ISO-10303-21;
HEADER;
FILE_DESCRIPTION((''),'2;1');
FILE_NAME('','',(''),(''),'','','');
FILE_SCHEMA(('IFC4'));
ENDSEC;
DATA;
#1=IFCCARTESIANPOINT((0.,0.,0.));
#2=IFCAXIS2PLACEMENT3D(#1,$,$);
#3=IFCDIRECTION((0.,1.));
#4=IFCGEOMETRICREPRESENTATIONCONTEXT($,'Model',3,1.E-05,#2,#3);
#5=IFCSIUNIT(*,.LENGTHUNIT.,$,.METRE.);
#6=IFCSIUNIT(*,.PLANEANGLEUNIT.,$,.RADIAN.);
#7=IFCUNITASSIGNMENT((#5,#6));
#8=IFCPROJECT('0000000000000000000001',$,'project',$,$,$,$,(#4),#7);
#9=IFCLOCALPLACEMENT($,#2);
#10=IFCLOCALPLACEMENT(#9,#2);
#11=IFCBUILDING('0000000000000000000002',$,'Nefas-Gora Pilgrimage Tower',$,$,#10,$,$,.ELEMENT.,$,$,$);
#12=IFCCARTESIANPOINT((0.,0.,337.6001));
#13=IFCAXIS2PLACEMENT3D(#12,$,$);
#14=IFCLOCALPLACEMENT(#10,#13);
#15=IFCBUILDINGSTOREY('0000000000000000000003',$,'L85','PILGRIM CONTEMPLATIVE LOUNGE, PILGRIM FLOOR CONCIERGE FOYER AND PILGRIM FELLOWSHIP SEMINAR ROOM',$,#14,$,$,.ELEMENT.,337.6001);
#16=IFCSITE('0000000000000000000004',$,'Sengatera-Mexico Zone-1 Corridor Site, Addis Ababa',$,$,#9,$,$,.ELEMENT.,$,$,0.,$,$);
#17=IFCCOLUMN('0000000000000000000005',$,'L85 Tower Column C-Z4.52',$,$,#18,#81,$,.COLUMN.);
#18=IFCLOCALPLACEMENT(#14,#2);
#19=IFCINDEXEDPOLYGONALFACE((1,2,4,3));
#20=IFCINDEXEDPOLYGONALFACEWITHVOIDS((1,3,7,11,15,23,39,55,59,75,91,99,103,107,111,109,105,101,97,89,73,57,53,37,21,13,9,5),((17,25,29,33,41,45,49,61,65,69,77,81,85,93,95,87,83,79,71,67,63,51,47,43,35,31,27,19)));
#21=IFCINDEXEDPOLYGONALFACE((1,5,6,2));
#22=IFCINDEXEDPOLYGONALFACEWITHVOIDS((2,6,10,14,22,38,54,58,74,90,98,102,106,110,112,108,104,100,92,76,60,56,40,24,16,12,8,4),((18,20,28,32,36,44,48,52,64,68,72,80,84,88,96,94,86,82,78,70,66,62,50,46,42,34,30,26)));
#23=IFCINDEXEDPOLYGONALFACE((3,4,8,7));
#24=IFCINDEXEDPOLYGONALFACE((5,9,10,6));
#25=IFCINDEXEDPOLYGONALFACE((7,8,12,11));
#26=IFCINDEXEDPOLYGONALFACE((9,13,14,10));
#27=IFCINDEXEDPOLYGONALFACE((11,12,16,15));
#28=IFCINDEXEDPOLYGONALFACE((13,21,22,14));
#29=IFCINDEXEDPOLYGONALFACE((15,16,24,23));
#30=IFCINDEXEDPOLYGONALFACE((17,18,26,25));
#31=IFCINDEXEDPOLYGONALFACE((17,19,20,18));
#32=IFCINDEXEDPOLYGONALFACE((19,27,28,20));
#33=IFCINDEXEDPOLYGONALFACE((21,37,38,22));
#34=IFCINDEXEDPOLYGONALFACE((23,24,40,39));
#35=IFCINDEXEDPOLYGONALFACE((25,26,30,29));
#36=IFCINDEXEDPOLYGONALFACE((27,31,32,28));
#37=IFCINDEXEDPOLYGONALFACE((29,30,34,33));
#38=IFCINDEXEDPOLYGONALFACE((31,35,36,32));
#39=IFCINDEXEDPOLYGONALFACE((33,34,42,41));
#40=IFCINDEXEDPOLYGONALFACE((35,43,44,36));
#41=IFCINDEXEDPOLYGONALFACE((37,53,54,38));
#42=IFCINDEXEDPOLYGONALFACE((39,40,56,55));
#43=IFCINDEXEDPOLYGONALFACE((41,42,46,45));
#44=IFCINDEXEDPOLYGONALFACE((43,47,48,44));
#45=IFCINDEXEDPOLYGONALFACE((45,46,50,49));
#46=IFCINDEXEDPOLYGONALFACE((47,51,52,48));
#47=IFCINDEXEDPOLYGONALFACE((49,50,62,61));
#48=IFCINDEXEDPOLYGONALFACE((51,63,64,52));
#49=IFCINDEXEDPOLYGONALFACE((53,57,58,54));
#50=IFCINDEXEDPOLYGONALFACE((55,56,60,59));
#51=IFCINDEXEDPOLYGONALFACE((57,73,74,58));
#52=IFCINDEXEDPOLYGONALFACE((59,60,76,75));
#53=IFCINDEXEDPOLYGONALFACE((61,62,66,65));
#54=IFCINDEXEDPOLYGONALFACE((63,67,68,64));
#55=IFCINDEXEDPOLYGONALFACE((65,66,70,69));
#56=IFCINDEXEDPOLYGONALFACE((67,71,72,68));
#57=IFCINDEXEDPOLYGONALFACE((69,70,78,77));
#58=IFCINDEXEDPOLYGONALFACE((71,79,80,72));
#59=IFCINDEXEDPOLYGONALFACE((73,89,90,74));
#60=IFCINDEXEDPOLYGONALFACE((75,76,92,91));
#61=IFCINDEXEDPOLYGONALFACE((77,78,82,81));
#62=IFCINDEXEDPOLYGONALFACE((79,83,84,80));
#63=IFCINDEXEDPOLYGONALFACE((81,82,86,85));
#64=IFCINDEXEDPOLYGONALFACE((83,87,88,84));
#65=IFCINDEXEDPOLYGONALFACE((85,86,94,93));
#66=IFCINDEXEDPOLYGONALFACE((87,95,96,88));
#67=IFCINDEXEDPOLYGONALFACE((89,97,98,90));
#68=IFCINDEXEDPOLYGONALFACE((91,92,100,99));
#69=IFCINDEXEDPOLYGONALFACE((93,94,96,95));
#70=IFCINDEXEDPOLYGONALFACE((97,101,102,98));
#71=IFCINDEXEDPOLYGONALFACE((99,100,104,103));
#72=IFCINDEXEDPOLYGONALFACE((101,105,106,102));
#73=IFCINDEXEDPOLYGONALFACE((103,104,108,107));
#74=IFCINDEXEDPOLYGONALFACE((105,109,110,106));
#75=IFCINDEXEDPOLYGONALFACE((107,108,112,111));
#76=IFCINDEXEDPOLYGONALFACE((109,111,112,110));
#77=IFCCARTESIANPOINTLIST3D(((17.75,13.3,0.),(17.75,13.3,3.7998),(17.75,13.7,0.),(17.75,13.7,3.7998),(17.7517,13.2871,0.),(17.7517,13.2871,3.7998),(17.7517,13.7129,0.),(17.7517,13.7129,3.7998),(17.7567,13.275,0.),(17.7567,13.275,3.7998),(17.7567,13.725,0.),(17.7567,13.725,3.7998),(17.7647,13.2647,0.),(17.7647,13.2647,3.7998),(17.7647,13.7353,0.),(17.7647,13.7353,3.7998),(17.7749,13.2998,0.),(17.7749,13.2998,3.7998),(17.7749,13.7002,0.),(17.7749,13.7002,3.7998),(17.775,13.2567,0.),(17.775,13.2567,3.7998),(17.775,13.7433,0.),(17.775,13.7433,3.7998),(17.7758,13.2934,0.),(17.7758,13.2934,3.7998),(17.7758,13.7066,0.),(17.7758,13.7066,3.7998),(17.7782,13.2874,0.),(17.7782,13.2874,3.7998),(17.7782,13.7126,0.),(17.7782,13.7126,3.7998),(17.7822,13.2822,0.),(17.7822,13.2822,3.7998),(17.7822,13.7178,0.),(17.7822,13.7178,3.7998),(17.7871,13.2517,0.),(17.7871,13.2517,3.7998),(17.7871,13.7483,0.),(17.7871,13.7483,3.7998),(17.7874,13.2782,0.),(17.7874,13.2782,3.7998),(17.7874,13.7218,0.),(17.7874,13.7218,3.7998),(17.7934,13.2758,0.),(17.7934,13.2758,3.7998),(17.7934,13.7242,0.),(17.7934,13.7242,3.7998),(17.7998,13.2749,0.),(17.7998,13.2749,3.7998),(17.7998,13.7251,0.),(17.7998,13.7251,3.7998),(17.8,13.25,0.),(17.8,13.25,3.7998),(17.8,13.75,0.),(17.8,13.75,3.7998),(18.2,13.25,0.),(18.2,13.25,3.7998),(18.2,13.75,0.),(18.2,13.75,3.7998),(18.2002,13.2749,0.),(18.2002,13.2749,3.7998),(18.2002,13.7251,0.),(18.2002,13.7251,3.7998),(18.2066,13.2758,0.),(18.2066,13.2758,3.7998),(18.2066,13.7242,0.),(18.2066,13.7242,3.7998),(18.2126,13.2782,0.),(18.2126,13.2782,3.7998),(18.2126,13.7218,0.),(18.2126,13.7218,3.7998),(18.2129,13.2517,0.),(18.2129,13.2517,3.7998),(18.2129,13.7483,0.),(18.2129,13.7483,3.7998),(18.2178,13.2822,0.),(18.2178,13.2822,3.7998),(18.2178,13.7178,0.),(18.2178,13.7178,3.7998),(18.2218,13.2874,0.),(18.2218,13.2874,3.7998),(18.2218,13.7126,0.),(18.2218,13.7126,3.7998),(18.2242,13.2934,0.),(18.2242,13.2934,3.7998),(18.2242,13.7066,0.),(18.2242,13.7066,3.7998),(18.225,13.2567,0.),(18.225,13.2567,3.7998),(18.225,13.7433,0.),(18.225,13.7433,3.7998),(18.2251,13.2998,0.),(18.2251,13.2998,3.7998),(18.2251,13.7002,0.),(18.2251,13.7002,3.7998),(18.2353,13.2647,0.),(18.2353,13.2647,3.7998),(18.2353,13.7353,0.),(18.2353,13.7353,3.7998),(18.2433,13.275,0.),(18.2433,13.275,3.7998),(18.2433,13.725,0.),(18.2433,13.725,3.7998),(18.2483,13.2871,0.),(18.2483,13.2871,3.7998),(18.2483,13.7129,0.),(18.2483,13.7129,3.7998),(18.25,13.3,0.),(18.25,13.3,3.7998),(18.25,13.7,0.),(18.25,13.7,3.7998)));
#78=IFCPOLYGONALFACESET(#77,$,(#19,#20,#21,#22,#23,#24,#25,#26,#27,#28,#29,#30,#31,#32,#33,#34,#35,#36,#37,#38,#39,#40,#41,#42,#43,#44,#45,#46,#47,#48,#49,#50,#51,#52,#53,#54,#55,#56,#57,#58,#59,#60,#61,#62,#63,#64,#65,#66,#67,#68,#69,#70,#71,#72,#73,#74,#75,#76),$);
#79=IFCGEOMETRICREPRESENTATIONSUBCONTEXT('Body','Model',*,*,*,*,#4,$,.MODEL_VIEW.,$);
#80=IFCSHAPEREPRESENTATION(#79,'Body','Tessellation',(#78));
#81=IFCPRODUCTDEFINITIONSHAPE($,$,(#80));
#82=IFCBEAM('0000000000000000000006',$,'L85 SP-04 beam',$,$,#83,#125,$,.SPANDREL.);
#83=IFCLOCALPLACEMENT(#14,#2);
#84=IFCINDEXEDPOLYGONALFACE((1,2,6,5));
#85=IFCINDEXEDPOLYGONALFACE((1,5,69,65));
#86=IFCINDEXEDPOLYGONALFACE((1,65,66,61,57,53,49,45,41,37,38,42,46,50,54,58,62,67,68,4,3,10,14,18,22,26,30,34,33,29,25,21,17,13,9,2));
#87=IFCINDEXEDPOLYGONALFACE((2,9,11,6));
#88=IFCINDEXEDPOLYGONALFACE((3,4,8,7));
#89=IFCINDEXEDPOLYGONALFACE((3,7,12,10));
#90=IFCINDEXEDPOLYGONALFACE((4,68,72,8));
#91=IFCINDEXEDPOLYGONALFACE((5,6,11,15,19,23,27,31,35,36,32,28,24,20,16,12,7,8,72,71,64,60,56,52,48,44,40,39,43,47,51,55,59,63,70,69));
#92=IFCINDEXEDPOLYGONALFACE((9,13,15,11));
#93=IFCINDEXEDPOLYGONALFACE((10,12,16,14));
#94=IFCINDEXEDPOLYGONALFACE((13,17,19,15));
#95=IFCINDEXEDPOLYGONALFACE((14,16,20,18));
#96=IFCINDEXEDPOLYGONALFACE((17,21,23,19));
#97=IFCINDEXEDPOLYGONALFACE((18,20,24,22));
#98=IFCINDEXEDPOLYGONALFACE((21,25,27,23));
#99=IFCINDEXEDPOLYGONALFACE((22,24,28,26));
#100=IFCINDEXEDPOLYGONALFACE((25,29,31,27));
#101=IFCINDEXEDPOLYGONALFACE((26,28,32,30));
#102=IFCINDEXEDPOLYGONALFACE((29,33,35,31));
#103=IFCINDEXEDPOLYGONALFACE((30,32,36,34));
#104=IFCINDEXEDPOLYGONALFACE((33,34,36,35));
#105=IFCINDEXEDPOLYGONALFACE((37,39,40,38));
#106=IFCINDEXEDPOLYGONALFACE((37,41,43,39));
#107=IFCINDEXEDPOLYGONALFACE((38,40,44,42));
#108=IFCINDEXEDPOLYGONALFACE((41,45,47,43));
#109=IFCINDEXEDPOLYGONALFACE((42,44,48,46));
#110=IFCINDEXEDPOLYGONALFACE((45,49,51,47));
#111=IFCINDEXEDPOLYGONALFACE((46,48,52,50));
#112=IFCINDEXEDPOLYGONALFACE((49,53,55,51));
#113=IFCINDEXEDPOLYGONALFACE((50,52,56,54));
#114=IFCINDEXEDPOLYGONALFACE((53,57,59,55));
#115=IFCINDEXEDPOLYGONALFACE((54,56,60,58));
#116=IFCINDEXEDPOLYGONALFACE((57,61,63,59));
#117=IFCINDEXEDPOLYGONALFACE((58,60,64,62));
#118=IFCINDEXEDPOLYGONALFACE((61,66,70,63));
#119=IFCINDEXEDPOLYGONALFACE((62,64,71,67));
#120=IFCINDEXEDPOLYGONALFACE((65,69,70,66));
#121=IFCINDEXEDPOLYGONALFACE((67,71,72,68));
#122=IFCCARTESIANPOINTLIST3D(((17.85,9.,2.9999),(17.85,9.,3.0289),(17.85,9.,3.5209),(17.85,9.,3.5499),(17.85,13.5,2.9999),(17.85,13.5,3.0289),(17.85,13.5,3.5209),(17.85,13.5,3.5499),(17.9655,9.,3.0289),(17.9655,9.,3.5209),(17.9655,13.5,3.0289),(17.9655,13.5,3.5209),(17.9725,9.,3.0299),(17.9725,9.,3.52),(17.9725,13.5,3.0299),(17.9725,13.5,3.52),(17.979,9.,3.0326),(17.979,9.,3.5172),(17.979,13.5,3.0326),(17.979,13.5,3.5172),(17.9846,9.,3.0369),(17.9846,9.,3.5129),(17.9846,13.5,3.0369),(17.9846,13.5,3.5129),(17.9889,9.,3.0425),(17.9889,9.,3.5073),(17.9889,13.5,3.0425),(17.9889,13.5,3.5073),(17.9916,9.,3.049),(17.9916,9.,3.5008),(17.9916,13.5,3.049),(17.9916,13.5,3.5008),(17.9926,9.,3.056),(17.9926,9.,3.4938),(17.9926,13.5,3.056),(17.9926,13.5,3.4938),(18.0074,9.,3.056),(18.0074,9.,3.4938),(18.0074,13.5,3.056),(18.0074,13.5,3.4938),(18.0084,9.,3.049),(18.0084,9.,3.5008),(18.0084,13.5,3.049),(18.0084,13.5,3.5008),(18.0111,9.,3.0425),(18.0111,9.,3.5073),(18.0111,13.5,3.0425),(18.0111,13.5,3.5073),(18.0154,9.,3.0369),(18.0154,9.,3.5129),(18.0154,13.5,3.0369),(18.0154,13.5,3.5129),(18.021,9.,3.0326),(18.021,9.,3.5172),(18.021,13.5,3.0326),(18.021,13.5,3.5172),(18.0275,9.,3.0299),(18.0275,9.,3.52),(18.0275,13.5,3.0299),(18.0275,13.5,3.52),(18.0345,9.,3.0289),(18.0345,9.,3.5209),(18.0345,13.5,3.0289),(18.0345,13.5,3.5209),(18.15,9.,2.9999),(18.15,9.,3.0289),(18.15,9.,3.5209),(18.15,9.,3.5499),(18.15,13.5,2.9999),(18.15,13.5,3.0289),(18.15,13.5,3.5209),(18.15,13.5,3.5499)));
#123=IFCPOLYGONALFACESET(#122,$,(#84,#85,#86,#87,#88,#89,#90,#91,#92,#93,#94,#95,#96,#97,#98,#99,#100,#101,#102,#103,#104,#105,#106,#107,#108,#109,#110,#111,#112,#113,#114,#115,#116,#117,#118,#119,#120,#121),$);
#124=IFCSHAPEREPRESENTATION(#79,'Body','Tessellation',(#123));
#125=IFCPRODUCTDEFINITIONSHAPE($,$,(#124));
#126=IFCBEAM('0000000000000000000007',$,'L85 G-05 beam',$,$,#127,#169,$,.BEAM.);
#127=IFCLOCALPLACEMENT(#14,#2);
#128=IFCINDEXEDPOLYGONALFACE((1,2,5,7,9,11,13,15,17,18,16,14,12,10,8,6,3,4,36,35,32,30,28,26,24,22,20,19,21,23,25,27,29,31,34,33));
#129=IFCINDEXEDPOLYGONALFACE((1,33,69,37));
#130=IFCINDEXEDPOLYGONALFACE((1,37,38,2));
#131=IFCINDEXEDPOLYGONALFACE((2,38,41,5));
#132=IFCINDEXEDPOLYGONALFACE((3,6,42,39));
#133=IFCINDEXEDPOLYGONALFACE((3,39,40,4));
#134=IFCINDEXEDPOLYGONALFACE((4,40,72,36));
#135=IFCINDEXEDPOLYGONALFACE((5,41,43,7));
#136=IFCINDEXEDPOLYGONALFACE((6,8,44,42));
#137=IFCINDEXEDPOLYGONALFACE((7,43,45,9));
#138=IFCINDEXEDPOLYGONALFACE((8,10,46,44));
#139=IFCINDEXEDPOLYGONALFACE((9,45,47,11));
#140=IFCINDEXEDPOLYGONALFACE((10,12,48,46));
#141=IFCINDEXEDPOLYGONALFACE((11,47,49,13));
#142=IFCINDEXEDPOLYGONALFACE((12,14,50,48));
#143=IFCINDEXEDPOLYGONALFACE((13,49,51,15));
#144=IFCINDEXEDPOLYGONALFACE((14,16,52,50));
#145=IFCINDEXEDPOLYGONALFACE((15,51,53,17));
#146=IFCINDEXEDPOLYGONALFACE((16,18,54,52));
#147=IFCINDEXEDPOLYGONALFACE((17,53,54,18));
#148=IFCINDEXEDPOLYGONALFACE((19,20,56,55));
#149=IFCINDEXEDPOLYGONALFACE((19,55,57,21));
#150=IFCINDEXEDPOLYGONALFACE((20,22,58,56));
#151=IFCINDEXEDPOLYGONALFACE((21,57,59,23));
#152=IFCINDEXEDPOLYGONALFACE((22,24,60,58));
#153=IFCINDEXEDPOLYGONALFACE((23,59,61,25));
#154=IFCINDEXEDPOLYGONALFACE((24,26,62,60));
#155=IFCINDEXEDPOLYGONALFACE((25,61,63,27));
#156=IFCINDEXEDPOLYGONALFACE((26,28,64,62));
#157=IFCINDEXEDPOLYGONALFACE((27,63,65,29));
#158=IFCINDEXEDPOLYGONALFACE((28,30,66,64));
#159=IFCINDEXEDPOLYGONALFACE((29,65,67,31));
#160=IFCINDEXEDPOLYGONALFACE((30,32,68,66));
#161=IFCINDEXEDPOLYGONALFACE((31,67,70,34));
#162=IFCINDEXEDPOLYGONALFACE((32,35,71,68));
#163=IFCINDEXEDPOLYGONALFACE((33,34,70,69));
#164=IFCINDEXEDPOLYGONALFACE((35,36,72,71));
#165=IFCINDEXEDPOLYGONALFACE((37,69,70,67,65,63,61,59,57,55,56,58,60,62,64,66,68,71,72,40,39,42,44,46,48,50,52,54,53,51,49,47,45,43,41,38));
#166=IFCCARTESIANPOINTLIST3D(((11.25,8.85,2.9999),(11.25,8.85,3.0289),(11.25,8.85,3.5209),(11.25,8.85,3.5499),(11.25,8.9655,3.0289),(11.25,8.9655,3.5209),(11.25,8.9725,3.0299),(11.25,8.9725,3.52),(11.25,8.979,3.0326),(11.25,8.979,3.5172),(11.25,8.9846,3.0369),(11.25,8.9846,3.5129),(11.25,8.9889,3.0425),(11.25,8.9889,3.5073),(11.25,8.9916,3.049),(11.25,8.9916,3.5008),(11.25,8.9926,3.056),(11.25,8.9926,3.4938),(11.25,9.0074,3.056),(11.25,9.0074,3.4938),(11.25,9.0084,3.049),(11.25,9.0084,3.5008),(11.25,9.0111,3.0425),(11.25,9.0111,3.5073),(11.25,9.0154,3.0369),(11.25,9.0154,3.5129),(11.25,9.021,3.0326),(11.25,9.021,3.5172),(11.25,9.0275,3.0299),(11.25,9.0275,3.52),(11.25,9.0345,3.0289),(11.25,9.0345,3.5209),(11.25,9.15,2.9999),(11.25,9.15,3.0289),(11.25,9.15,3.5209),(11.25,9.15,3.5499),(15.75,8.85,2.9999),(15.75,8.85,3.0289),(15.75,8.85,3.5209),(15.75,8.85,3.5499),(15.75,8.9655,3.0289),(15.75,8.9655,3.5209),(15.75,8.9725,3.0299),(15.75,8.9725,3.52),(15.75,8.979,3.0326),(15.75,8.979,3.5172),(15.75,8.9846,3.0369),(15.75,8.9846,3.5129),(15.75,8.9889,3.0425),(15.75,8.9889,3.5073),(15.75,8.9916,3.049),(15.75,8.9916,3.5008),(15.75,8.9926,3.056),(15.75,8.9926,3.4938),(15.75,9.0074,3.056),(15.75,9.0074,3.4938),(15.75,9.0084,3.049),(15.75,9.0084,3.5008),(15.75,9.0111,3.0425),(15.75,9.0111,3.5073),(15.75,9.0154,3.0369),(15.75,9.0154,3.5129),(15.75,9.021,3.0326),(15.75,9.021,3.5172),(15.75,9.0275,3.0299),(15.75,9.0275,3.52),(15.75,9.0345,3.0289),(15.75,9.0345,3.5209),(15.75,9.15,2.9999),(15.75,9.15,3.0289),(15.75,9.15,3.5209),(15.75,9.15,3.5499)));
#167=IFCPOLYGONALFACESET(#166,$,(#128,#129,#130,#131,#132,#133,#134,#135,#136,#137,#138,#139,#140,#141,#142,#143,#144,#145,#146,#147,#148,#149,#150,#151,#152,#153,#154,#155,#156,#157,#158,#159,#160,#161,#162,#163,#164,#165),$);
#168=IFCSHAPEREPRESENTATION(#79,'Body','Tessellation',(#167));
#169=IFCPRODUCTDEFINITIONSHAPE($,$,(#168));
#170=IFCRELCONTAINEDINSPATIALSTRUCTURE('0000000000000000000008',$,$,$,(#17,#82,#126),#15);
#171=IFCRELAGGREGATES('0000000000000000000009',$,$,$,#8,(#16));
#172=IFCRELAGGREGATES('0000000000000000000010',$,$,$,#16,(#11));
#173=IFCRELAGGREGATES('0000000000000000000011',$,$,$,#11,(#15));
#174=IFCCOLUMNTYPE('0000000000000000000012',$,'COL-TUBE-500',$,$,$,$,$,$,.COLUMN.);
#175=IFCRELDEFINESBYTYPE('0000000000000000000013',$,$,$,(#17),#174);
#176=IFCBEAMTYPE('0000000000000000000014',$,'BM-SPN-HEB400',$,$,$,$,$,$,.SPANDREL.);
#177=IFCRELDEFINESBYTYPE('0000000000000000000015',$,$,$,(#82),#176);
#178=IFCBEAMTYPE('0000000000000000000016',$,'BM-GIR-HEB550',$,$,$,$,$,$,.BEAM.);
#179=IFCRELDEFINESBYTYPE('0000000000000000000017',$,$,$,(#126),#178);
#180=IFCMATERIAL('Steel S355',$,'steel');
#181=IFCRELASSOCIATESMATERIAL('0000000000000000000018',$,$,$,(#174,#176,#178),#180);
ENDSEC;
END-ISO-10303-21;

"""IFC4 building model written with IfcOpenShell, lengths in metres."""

from ifc_helpers import new_model, si_unit, direction, frame, origin, origin_2d, place, context, subcontext, project, spatial, hollow_rectangle, i_section, extrude, source, transform, mapped, material, material_profile, profile_set, type_object, element, save


model = new_model("IFC4")

# Units and contexts
model_context = context("Model", 3, precision=1e-05, world=origin(), true_north=direction((0.0, 1.0)))
body_context = subcontext(model_context, "Body", "Model", "MODEL_VIEW")
ifc_project = project(units=[si_unit("LENGTHUNIT", "METRE"), si_unit("PLANEANGLEUNIT", "RADIAN")], contexts=[model_context])

# Site, building, storey
site_placement = place(None, origin())
site = spatial("IfcSite", under=ifc_project, at=site_placement, Name="Sengatera-Mexico Zone-1 Corridor Site, Addis Ababa", CompositionType="ELEMENT", RefElevation=0.0)
building_placement = place(site_placement, origin())
building = spatial("IfcBuilding", under=site, at=building_placement, Name="Nefas-Gora Pilgrimage Tower", CompositionType="ELEMENT")
storey_placement = place(building_placement, frame((0.0, 0.0, 337.6001)))
storey = spatial("IfcBuildingStorey", under=building, at=storey_placement, Name="L85", Description="PILGRIM CONTEMPLATIVE LOUNGE, PILGRIM FLOOR CONCIERGE FOYER AND PILGRIM FELLOWSHIP SEMINAR ROOM", CompositionType="ELEMENT", Elevation=337.6001)

# Column
ifc_material_1 = material(Name="Steel S355", Category="steel")
ifc_material_profile_1 = material_profile(ifc_material_1, hollow_rectangle(XDim=0.5, YDim=0.5, WallThickness=0.0249, InnerFilletRadius=0.0249, OuterFilletRadius=0.05, at=origin_2d()), Name="SHS 500x500x25")
ifc_profile_set_1 = profile_set([ifc_material_profile_1], Name="Steel S355")
column_type_1 = type_object("IfcColumnType", Name="COL-TUBE-500", PredefinedType="COLUMN", material=ifc_profile_set_1)
shared_shape_1 = source(origin(), body_context, "Body", "SweptSolid", [
    extrude(hollow_rectangle(XDim=0.5, YDim=0.5, WallThickness=0.0249, InnerFilletRadius=0.0249, OuterFilletRadius=0.05, at=origin_2d()), origin(), (0.0, 0.0, 1.0), 3.7998),
])
for number, where, z_axis, x_axis, name in (
    (1, (18.0, 13.5, 0.0), (0.0, 0.0, 1.0), (1.0, 0.0, 0.0), "L85 Tower Column C-Z4.52"),
):
    element("IfcColumn", number, at=place(storey_placement, frame(where, z_axis=z_axis, x_axis=x_axis)), inside=storey, type_object=column_type_1, Name=name, PredefinedType="COLUMN", context=body_context, shape_type="MappedRepresentation", body=[
        mapped(shared_shape_1, transform((0.0, 0.0, 0.0), x_axis=(1.0, 0.0, 0.0), y_axis=(0.0, 1.0, 0.0), z_axis=(0.0, 0.0, 1.0), scale=1.0)),
    ])

# Beams
ifc_material_profile_2 = material_profile(ifc_material_1, i_section(OverallWidth=0.3, OverallDepth=0.55, WebThickness=0.0149, FlangeThickness=0.0291, FilletRadius=0.0271, at=origin_2d()), Name="HEB 550")
ifc_profile_set_2 = profile_set([ifc_material_profile_2], Name="Steel S355")
beam_type_1 = type_object("IfcBeamType", Name="BM-SPN-HEB400", PredefinedType="SPANDREL", material=ifc_profile_set_2)
shared_shape_2 = source(origin(), body_context, "Body", "SweptSolid", [
    extrude(i_section(OverallWidth=0.3, OverallDepth=0.55, WebThickness=0.0149, FlangeThickness=0.0291, FilletRadius=0.0271, at=origin_2d()), origin(), (0.0, 0.0, 1.0), 4.5),
])
beam_placement = place(storey_placement, frame((18.0, 9.0, 3.2749), z_axis=(0.0, 1.0, 0.0), x_axis=(-1.0, 0.0, 0.0)))
element("IfcBeam", 2, at=beam_placement, inside=storey, type_object=beam_type_1, Name="L85 SP-04 beam", PredefinedType="SPANDREL", context=body_context, shape_type="MappedRepresentation", body=[
    mapped(shared_shape_2, transform((0.0, 0.0, 0.0), x_axis=(1.0, 0.0, 0.0), y_axis=(0.0, 1.0, 0.0), z_axis=(0.0, 0.0, 1.0), scale=1.0)),
])
ifc_material_profile_3 = material_profile(ifc_material_1, i_section(OverallWidth=0.3, OverallDepth=0.55, WebThickness=0.0149, FlangeThickness=0.0291, FilletRadius=0.0271, at=origin_2d()), Name="HEB 550")
ifc_profile_set_3 = profile_set([ifc_material_profile_3], Name="Steel S355")
beam_type_2 = type_object("IfcBeamType", Name="BM-GIR-HEB550", PredefinedType="BEAM", material=ifc_profile_set_3)
shared_shape_3 = source(origin(), body_context, "Body", "SweptSolid", [
    extrude(i_section(OverallWidth=0.3, OverallDepth=0.55, WebThickness=0.0149, FlangeThickness=0.0291, FilletRadius=0.0271, at=origin_2d()), origin(), (0.0, 0.0, 1.0), 4.5),
])
for number, where, z_axis, x_axis, name in (
    (3, (11.25, 9.0, 3.2749), (1.0, 0.0, 0.0), (0.0, 1.0, 0.0), "L85 G-05 beam"),
):
    element("IfcBeam", number, at=place(storey_placement, frame(where, z_axis=z_axis, x_axis=x_axis)), inside=storey, type_object=beam_type_2, Name=name, PredefinedType="BEAM", context=body_context, shape_type="MappedRepresentation", body=[
        mapped(shared_shape_3, transform((0.0, 0.0, 0.0), x_axis=(1.0, 0.0, 0.0), y_axis=(0.0, 1.0, 0.0), z_axis=(0.0, 0.0, 1.0), scale=1.0)),
    ])

save(model, "model.ifc")
